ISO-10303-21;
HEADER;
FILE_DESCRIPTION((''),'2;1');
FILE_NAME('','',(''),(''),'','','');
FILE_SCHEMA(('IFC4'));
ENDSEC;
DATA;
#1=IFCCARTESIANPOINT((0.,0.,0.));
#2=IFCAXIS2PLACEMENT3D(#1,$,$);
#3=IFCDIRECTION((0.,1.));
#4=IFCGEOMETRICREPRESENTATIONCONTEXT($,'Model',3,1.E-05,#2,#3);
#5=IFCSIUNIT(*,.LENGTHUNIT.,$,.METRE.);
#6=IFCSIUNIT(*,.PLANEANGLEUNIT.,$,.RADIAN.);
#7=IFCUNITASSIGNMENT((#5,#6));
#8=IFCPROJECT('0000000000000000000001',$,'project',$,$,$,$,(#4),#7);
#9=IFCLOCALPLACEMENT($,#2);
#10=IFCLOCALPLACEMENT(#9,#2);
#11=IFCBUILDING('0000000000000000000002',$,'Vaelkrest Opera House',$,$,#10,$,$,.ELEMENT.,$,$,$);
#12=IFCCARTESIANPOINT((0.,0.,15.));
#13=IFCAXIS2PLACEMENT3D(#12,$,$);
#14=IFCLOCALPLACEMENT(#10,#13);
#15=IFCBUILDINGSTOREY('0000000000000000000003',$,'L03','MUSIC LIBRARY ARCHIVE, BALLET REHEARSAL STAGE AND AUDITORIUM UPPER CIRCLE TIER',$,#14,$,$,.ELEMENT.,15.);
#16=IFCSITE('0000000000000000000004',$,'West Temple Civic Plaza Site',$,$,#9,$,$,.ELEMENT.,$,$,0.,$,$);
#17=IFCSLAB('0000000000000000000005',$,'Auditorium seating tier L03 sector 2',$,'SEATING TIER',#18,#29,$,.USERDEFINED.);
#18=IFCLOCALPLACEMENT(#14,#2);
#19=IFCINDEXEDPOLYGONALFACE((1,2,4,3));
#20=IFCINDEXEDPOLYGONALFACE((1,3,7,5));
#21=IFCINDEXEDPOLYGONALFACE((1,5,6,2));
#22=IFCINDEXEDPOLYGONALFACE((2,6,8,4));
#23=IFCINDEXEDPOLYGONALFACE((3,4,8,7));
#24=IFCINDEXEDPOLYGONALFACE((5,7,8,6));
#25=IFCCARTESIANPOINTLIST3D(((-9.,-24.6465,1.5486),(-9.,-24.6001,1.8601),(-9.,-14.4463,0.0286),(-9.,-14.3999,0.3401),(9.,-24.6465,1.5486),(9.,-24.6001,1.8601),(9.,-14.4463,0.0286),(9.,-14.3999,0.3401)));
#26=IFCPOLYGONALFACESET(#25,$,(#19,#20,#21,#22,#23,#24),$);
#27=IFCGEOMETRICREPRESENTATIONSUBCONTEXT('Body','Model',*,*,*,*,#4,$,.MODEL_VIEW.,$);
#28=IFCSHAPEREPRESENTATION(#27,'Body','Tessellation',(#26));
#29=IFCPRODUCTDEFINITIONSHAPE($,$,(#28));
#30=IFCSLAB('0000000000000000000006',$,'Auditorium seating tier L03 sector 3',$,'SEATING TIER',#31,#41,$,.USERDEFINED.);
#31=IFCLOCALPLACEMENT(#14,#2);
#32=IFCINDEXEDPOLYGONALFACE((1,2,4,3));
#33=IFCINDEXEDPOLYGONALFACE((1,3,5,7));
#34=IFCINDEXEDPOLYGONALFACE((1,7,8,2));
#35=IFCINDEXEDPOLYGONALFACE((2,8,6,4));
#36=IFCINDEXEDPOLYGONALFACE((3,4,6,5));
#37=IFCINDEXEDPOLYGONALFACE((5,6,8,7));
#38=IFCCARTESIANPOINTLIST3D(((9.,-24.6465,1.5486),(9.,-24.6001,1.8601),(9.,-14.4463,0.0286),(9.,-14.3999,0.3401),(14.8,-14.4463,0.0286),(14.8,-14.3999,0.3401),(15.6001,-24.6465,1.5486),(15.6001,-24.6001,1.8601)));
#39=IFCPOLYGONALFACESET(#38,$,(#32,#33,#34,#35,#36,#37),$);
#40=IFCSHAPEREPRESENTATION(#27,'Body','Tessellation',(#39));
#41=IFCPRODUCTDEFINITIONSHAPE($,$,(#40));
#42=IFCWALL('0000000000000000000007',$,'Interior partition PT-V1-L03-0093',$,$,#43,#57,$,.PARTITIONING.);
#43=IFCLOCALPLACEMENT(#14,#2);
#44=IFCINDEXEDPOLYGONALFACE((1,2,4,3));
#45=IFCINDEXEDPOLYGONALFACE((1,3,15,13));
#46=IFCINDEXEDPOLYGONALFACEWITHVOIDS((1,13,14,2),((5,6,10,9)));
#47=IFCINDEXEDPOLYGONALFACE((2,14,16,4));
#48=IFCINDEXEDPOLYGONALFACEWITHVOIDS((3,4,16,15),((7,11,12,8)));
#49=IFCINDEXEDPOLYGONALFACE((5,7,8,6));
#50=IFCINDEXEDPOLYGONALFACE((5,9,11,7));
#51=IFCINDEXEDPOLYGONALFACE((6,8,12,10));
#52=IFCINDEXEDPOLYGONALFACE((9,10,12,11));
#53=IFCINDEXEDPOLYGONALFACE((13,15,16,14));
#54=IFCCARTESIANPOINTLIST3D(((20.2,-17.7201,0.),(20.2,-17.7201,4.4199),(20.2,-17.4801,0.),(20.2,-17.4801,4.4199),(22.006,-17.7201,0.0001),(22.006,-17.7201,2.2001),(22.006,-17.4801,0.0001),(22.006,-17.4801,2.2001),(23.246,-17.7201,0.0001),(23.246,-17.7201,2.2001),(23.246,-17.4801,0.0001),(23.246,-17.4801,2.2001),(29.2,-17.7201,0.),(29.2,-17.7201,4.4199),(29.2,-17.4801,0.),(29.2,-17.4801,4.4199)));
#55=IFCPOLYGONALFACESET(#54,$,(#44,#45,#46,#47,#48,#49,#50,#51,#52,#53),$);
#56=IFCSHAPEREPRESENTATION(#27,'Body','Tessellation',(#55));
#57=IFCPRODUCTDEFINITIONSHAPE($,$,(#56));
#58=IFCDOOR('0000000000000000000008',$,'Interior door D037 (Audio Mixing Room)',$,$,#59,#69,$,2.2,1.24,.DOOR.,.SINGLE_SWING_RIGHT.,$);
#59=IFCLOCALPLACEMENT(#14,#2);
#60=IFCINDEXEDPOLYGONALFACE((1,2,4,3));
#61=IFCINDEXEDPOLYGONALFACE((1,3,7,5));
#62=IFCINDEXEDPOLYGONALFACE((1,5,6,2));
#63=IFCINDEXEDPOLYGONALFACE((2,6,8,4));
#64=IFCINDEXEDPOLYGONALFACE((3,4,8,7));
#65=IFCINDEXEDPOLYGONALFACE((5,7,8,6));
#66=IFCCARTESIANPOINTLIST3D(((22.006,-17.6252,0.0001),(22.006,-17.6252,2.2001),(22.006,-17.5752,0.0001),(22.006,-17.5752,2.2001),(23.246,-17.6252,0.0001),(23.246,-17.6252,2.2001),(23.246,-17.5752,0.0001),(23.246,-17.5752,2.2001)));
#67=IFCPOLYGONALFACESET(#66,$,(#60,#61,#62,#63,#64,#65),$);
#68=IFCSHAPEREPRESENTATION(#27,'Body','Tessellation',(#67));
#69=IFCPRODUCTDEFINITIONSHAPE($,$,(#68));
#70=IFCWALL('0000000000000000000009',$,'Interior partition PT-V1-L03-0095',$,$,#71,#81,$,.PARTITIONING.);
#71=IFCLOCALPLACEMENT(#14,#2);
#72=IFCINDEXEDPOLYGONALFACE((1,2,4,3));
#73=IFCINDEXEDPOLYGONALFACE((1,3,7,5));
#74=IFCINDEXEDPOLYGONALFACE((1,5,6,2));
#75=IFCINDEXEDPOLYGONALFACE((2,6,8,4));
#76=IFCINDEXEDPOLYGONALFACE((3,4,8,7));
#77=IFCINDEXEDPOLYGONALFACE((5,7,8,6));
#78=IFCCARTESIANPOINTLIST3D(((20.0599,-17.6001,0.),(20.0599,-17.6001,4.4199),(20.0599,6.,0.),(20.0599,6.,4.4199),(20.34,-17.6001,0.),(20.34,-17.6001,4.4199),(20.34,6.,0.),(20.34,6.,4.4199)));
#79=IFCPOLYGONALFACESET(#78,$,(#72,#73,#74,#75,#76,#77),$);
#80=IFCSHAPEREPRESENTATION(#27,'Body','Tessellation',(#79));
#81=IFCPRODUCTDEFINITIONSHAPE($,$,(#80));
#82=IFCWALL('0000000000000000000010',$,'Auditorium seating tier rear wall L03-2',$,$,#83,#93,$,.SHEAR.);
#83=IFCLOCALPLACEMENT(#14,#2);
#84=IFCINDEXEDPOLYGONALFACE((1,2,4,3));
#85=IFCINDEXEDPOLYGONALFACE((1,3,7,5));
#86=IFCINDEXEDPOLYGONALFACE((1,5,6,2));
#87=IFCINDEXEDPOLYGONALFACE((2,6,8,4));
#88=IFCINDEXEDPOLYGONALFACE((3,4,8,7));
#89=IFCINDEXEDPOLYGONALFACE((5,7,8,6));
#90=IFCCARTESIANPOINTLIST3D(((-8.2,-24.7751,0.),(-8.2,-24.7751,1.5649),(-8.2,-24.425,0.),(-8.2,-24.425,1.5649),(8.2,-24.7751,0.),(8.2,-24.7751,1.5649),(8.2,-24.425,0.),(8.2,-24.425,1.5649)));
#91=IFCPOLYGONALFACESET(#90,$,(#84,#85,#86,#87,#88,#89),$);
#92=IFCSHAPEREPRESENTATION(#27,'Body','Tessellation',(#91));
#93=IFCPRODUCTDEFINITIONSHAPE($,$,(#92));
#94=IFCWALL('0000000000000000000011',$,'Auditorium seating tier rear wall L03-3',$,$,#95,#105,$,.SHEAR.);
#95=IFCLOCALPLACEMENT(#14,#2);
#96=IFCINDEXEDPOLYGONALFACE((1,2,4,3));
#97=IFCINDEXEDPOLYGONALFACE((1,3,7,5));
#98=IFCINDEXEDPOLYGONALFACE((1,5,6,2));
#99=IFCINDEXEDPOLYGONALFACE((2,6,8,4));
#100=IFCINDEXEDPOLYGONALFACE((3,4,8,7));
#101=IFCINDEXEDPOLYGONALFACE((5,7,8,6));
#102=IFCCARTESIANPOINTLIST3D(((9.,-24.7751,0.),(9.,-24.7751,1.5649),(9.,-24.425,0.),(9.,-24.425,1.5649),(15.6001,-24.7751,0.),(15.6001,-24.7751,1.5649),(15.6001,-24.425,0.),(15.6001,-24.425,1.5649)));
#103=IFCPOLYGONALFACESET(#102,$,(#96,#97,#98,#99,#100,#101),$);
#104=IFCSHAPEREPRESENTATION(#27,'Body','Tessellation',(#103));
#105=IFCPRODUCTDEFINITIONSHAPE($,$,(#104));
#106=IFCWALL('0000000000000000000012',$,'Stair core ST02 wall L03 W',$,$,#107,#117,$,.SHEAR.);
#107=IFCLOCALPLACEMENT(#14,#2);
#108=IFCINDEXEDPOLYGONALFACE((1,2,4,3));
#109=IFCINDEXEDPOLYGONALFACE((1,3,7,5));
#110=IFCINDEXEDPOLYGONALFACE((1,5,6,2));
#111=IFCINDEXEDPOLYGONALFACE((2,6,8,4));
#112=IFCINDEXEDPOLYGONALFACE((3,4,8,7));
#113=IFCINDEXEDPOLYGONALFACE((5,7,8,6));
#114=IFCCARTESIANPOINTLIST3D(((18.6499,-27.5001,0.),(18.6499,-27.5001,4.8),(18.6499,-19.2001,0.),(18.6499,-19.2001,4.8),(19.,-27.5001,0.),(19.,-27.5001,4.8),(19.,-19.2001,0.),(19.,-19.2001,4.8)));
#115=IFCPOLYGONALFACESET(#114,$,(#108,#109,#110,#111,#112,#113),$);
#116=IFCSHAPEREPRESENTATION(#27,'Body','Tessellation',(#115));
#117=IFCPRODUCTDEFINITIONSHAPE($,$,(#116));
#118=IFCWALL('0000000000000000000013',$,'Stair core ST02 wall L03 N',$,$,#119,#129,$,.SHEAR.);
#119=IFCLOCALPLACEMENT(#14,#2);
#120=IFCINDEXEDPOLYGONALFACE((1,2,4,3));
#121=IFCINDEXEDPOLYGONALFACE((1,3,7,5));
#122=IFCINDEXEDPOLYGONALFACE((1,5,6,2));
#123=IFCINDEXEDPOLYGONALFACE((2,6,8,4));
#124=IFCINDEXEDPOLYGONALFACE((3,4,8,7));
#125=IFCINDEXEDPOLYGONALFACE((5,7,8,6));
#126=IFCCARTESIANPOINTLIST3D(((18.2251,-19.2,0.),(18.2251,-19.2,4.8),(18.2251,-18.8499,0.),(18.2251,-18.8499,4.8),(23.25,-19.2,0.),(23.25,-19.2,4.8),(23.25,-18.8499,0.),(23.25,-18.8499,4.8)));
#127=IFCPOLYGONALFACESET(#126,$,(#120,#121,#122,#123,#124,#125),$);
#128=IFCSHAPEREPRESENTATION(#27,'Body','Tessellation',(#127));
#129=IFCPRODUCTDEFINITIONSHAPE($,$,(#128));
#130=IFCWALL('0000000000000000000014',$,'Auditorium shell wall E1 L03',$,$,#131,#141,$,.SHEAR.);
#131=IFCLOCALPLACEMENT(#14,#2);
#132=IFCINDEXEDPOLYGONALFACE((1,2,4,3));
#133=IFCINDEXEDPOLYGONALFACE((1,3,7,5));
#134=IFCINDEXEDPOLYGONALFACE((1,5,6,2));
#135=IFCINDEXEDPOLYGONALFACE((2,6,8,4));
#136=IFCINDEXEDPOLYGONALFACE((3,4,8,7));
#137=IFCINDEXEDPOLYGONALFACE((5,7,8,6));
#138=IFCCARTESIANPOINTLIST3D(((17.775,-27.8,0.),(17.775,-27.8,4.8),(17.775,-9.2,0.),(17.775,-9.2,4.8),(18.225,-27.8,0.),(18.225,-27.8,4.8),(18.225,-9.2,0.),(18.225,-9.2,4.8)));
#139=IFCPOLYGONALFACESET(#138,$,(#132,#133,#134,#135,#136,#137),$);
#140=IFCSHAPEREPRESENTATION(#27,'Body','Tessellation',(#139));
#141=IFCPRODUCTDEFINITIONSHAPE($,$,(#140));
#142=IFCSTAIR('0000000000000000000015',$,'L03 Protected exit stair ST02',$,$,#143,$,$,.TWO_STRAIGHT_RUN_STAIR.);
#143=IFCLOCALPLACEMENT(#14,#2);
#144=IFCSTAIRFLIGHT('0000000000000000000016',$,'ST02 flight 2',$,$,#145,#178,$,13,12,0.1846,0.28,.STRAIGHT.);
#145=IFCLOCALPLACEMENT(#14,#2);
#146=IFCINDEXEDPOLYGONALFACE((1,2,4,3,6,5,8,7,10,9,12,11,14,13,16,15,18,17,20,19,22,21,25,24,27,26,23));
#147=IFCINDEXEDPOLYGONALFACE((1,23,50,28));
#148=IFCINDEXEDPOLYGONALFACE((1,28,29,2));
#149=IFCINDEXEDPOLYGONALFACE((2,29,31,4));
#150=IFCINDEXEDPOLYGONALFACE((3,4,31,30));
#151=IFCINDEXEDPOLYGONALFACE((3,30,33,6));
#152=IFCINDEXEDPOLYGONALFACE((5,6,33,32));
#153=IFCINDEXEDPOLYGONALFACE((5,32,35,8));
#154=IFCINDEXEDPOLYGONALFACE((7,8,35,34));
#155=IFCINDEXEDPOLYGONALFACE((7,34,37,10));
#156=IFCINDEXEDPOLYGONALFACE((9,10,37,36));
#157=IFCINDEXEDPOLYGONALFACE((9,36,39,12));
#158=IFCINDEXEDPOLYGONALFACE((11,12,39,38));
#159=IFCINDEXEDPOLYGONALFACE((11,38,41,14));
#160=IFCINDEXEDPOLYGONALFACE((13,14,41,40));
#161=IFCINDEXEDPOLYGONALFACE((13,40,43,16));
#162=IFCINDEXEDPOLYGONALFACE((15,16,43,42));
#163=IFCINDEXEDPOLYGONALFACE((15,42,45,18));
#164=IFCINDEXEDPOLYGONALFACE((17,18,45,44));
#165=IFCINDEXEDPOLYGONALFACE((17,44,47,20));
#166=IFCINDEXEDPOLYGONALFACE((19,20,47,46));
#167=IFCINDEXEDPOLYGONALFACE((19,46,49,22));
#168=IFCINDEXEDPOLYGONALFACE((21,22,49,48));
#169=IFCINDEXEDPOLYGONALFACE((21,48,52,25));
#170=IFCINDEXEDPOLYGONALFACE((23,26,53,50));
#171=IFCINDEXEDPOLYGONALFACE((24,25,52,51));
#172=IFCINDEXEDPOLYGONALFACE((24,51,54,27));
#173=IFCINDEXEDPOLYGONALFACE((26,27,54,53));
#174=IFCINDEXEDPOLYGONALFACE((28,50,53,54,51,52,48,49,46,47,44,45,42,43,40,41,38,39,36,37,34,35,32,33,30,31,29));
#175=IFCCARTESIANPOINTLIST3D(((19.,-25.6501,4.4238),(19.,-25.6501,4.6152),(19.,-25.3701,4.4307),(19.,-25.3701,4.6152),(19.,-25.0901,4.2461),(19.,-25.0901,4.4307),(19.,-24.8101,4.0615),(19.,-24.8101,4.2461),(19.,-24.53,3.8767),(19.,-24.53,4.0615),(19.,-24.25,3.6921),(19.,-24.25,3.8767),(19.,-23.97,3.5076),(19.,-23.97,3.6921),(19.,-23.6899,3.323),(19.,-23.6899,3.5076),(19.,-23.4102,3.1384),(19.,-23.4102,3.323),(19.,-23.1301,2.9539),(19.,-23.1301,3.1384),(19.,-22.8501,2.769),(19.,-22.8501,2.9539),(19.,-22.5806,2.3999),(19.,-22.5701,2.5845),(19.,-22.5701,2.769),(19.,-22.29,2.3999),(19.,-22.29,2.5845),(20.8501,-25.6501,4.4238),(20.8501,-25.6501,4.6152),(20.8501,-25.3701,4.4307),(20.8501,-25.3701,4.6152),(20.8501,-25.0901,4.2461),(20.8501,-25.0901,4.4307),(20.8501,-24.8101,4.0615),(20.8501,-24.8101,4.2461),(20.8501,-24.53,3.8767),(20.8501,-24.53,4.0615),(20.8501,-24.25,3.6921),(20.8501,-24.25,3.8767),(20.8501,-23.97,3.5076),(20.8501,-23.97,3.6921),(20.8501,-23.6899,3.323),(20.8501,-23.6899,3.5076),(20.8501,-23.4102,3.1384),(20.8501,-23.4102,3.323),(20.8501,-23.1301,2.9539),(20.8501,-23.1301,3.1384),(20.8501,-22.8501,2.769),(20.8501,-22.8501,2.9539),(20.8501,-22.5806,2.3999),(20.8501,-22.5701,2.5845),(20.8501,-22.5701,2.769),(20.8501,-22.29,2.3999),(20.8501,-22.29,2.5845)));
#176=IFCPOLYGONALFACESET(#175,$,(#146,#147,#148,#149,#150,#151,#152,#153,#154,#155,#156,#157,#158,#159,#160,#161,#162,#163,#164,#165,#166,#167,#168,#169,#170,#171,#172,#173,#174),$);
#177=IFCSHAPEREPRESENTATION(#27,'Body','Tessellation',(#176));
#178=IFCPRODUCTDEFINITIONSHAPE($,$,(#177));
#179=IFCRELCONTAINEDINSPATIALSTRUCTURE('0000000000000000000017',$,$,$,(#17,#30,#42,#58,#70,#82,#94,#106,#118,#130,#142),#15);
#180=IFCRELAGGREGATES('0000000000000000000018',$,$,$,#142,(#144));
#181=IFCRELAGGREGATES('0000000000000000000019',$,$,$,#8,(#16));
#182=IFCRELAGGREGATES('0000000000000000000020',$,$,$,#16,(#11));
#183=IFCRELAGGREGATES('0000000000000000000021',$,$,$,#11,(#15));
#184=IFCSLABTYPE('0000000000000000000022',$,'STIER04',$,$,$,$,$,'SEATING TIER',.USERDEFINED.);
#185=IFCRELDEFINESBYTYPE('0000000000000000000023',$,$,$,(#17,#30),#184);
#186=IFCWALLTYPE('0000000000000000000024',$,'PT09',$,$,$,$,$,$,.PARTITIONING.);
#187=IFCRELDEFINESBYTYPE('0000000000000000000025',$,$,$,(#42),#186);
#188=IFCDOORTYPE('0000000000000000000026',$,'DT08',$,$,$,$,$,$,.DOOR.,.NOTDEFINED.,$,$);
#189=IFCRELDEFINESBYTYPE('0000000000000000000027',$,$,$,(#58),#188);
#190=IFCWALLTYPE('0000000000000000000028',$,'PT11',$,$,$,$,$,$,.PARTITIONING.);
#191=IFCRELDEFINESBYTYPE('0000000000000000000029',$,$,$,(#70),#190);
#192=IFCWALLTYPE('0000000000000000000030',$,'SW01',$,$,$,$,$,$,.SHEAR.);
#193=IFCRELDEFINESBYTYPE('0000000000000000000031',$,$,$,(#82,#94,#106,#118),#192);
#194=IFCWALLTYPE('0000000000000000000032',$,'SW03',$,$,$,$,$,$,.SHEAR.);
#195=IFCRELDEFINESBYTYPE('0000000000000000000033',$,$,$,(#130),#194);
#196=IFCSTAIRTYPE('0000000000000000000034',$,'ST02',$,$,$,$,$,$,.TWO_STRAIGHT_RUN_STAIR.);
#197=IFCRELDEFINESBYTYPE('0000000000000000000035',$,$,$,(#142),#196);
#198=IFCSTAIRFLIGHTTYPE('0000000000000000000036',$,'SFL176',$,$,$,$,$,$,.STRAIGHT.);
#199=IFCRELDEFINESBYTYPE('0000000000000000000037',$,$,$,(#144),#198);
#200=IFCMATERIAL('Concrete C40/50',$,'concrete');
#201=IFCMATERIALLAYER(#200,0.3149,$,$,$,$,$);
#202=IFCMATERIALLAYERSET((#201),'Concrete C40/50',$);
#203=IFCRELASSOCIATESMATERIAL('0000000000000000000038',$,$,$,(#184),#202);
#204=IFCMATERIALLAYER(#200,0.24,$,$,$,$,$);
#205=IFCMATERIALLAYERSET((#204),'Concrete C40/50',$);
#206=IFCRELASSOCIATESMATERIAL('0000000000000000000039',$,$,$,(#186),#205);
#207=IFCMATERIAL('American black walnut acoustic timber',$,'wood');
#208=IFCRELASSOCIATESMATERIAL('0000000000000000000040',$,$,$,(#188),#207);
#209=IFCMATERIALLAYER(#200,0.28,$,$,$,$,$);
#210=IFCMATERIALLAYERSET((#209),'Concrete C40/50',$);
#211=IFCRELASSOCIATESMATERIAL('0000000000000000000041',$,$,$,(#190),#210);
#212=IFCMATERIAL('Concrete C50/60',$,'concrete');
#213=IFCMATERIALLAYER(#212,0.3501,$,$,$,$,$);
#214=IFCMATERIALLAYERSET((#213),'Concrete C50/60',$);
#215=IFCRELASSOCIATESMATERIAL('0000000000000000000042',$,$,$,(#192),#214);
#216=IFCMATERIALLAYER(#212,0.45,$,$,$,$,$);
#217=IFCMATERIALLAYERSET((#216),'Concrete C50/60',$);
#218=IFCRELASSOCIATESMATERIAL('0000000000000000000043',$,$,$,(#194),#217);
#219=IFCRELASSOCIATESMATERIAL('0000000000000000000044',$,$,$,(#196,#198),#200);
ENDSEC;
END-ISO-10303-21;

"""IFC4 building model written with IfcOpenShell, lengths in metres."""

from ifc_helpers import new_model, si_unit, direction, frame, frame_2d, origin, place, context, subcontext, project, spatial, polyline, rectangle, outline, extrude, material, layer, layer_set, type_object, element, fill, aggregate, save


model = new_model("IFC4")

# Units and contexts
model_context = context("Model", 3, precision=1e-05, world=origin(), true_north=direction((0.0, 1.0)))
body_context = subcontext(model_context, "Body", "Model", "MODEL_VIEW")
ifc_project = project(units=[si_unit("LENGTHUNIT", "METRE"), si_unit("PLANEANGLEUNIT", "RADIAN")], contexts=[model_context])

# Site, building, storey
site_placement = place(None, origin())
site = spatial("IfcSite", under=ifc_project, at=site_placement, Name="West Temple Civic Plaza Site", CompositionType="ELEMENT", RefElevation=0.0)
building_placement = place(site_placement, origin())
building = spatial("IfcBuilding", under=site, at=building_placement, Name="Vaelkrest Opera House", CompositionType="ELEMENT")
storey_placement = place(building_placement, frame((0.0, 0.0, 15.0)))
storey = spatial("IfcBuildingStorey", under=building, at=storey_placement, Name="L03", Description="MUSIC LIBRARY ARCHIVE, BALLET REHEARSAL STAGE AND AUDITORIUM UPPER CIRCLE TIER", CompositionType="ELEMENT", Elevation=15.0)

# Shared definitions
ifc_material_1 = material(Name="Concrete C50/60", Category="concrete")

# Slabs
ifc_material_2 = material(Name="Concrete C40/50", Category="concrete")
ifc_layer_1 = layer(ifc_material_2, 0.3149)
ifc_layer_set_1 = layer_set([ifc_layer_1], Name="Concrete C40/50")
slab_type = type_object("IfcSlabType", Name="STIER04", ElementType="SEATING TIER", PredefinedType="USERDEFINED", material=ifc_layer_set_1)
slab_1_placement = place(storey_placement, frame((-9.0, -14.3999, 0.3401), z_axis=(0.0, 0.147391, 0.989078), x_axis=(1.0, 0.0, 0.0)))
element("IfcSlab", 1, at=slab_1_placement, inside=storey, type_object=slab_type, Name="Auditorium seating tier L03 sector 2", ObjectType="SEATING TIER", PredefinedType="USERDEFINED", context=body_context, shape_type="SweptSolid", body=[
    extrude(outline(polyline([(0.0, 0.0), (18.0, 0.0), (18.0, -10.3128), (0.0, -10.3128), (0.0, 0.0)])), origin(), (0.0, 0.0, -1.0), 0.3149),
])
slab_2_placement = place(storey_placement, frame((9.0, -14.3999, 0.3401), z_axis=(0.0, 0.147391, 0.989078), x_axis=(1.0, 0.0, 0.0)))
element("IfcSlab", 2, at=slab_2_placement, inside=storey, type_object=slab_type, Name="Auditorium seating tier L03 sector 3", ObjectType="SEATING TIER", PredefinedType="USERDEFINED", context=body_context, shape_type="SweptSolid", body=[
    extrude(outline(polyline([(0.0, 0.0), (5.8, 0.0), (6.6001, -10.3128), (0.0, -10.3128), (0.0, 0.0)])), origin(), (0.0, 0.0, -1.0), 0.3149),
])

# Wall, opening, door
ifc_layer_2 = layer(ifc_material_2, 0.24)
ifc_layer_set_2 = layer_set([ifc_layer_2], Name="Concrete C40/50")
wall_type_1 = type_object("IfcWallType", Name="PT09", PredefinedType="PARTITIONING", material=ifc_layer_set_2)
wall_1_placement = place(storey_placement, frame((20.2, -17.6001, 0.0), z_axis=(0.0, 0.0, 1.0), x_axis=(1.0, 0.0, 0.0)))
wall_1 = element("IfcWall", 3, at=wall_1_placement, inside=storey, type_object=wall_type_1, Name="Interior partition PT-V1-L03-0093", PredefinedType="PARTITIONING", context=body_context, shape_type="SweptSolid", body=[
    extrude(rectangle(XDim=9.0, YDim=0.24, at=frame_2d((4.5, 0.0))), origin(), (0.0, 0.0, 1.0), 4.4199),
])
opening_placement = place(wall_1_placement, frame((1.8059, 0.0, 0.0)))
opening = element("IfcOpeningElement", 4, at=opening_placement, cuts=wall_1, PredefinedType="OPENING", context=body_context, shape_type="SweptSolid", body=[
    extrude(rectangle(XDim=1.24, YDim=2.2, at=frame_2d((0.6201, 1.1001))), frame((0.0, 0.1299, 0.0), z_axis=(0.0, -1.0, 0.0), x_axis=(1.0, 0.0, 0.0)), (0.0, 0.0, 1.0), 0.26),
])
ifc_material_3 = material(Name="American black walnut acoustic timber", Category="wood")
door_type = type_object("IfcDoorType", Name="DT08", OperationType="NOTDEFINED", PredefinedType="DOOR", material=ifc_material_3)
door_placement = place(opening_placement, origin())
door = element("IfcDoor", 5, at=door_placement, inside=storey, type_object=door_type, Name="Interior door D037 (Audio Mixing Room)", OperationType="SINGLE_SWING_RIGHT", OverallHeight=2.2, OverallWidth=1.24, PredefinedType="DOOR", context=body_context, shape_type="SweptSolid", body=[
    extrude(rectangle(XDim=1.24, YDim=2.2, at=frame_2d((0.6201, 1.1001))), frame((0.0, 0.0249, 0.0), z_axis=(0.0, -1.0, 0.0), x_axis=(1.0, 0.0, 0.0)), (0.0, 0.0, 1.0), 0.05),
])
fill(opening, door)

# Walls
ifc_layer_3 = layer(ifc_material_2, 0.28)
ifc_layer_set_3 = layer_set([ifc_layer_3], Name="Concrete C40/50")
wall_type_2 = type_object("IfcWallType", Name="PT11", PredefinedType="PARTITIONING", material=ifc_layer_set_3)
wall_2_placement = place(storey_placement, frame((20.2, -17.6001, 0.0), z_axis=(0.0, 0.0, 1.0), x_axis=(0.0, 1.0, 0.0)))
element("IfcWall", 6, at=wall_2_placement, inside=storey, type_object=wall_type_2, Name="Interior partition PT-V1-L03-0095", PredefinedType="PARTITIONING", context=body_context, shape_type="SweptSolid", body=[
    extrude(rectangle(XDim=23.6001, YDim=0.28, at=frame_2d((11.8, 0.0))), origin(), (0.0, 0.0, 1.0), 4.4199),
])
ifc_layer_4 = layer(ifc_material_1, 0.3501)
ifc_layer_set_4 = layer_set([ifc_layer_4], Name="Concrete C50/60")
wall_type_3 = type_object("IfcWallType", Name="SW01", PredefinedType="SHEAR", material=ifc_layer_set_4)
wall_3_placement = place(storey_placement, frame((-8.2, -24.6001, 0.0), z_axis=(0.0, 0.0, 1.0), x_axis=(1.0, 0.0, 0.0)))
element("IfcWall", 7, at=wall_3_placement, inside=storey, type_object=wall_type_3, Name="Auditorium seating tier rear wall L03-2", PredefinedType="SHEAR", context=body_context, shape_type="SweptSolid", body=[
    extrude(rectangle(XDim=16.3999, YDim=0.3501, at=frame_2d((8.2, 0.0))), origin(), (0.0, 0.0, 1.0), 1.5649),
])
wall_4_placement = place(storey_placement, frame((9.0, -24.6001, 0.0), z_axis=(0.0, 0.0, 1.0), x_axis=(1.0, 0.0, 0.0)))
element("IfcWall", 8, at=wall_4_placement, inside=storey, type_object=wall_type_3, Name="Auditorium seating tier rear wall L03-3", PredefinedType="SHEAR", context=body_context, shape_type="SweptSolid", body=[
    extrude(rectangle(XDim=6.6001, YDim=0.3501, at=frame_2d((3.3, 0.0))), origin(), (0.0, 0.0, 1.0), 1.5649),
])
wall_5_placement = place(storey_placement, frame((18.825, -27.5, 0.0), z_axis=(0.0, 0.0, 1.0), x_axis=(0.0, 1.0, 0.0)))
element("IfcWall", 9, at=wall_5_placement, inside=storey, type_object=wall_type_3, Name="Stair core ST02 wall L03 W", PredefinedType="SHEAR", context=body_context, shape_type="SweptSolid", body=[
    extrude(rectangle(XDim=8.3, YDim=0.3501, at=frame_2d((4.1499, 0.0))), origin(), (0.0, 0.0, 1.0), 4.8),
])
wall_6_placement = place(storey_placement, frame((18.2251, -19.0249, 0.0), z_axis=(0.0, 0.0, 1.0), x_axis=(1.0, 0.0, 0.0)))
element("IfcWall", 10, at=wall_6_placement, inside=storey, type_object=wall_type_3, Name="Stair core ST02 wall L03 N", PredefinedType="SHEAR", context=body_context, shape_type="SweptSolid", body=[
    extrude(rectangle(XDim=5.0249, YDim=0.3501, at=frame_2d((2.5125, 0.0))), origin(), (0.0, 0.0, 1.0), 4.8),
])
ifc_layer_5 = layer(ifc_material_1, 0.45)
ifc_layer_set_5 = layer_set([ifc_layer_5], Name="Concrete C50/60")
wall_type_4 = type_object("IfcWallType", Name="SW03", PredefinedType="SHEAR", material=ifc_layer_set_5)
wall_7_placement = place(storey_placement, frame((18.0, -27.8, 0.0), z_axis=(0.0, 0.0, 1.0), x_axis=(0.0, 1.0, 0.0)))
element("IfcWall", 11, at=wall_7_placement, inside=storey, type_object=wall_type_4, Name="Auditorium shell wall E1 L03", PredefinedType="SHEAR", context=body_context, shape_type="SweptSolid", body=[
    extrude(rectangle(XDim=18.6001, YDim=0.45, at=frame_2d((9.3, 0.0))), origin(), (0.0, 0.0, 1.0), 4.8),
])

# Stair, stair flight
stair_type = type_object("IfcStairType", Name="ST02", PredefinedType="TWO_STRAIGHT_RUN_STAIR", material=ifc_material_2)
stair_placement = place(storey_placement, origin())
stair = element("IfcStair", 12, at=stair_placement, inside=storey, type_object=stair_type, Name="L03 Protected exit stair ST02", PredefinedType="TWO_STRAIGHT_RUN_STAIR")
stair_flight_type = type_object("IfcStairFlightType", Name="SFL176", PredefinedType="STRAIGHT", material=ifc_material_2)
stair_flight_placement = place(storey_placement, frame((19.925, -22.29, 2.3999), z_axis=(0.0, 0.0, 1.0), x_axis=(0.0, -1.0, 0.0)))
stair_flight = element("IfcStairFlight", 13, at=stair_flight_placement, type_object=stair_flight_type, Name="ST02 flight 2", NumberOfRisers=13, NumberOfTreads=12, PredefinedType="STRAIGHT", RiserHeight=0.1846, TreadLength=0.28, context=body_context, shape_type="SweptSolid", body=[
    extrude(outline(polyline([(0.0, 0.0), (0.0, 0.1846), (0.28, 0.1846), (0.28, 0.3691), (0.5601, 0.3691), (0.5601, 0.554), (0.8401, 0.554), (0.8401, 0.7385), (1.1201, 0.7385), (1.1201, 0.9231), (1.3999, 0.9231), (1.3999, 1.1077), (1.6799, 1.1077), (1.6799, 1.2922), (1.96, 1.2922), (1.96, 1.4768), (2.24, 1.4768), (2.24, 1.6616), (2.52, 1.6616), (2.52, 1.8462), (2.8, 1.8462), (2.8, 2.0308), (3.0801, 2.0308), (3.0801, 2.2153), (3.3601, 2.2153), (3.3601, 2.3999), (3.3601, 2.0239), (0.2905, 0.0), (0.0, 0.0)])), frame((0.0, 0.925, 0.0), z_axis=(0.0, -1.0, 0.0), x_axis=(1.0, 0.0, 0.0)), (0.0, 0.0, 1.0), 1.8501),
])
aggregate(stair, [stair_flight])

save(model, "model.ifc")
